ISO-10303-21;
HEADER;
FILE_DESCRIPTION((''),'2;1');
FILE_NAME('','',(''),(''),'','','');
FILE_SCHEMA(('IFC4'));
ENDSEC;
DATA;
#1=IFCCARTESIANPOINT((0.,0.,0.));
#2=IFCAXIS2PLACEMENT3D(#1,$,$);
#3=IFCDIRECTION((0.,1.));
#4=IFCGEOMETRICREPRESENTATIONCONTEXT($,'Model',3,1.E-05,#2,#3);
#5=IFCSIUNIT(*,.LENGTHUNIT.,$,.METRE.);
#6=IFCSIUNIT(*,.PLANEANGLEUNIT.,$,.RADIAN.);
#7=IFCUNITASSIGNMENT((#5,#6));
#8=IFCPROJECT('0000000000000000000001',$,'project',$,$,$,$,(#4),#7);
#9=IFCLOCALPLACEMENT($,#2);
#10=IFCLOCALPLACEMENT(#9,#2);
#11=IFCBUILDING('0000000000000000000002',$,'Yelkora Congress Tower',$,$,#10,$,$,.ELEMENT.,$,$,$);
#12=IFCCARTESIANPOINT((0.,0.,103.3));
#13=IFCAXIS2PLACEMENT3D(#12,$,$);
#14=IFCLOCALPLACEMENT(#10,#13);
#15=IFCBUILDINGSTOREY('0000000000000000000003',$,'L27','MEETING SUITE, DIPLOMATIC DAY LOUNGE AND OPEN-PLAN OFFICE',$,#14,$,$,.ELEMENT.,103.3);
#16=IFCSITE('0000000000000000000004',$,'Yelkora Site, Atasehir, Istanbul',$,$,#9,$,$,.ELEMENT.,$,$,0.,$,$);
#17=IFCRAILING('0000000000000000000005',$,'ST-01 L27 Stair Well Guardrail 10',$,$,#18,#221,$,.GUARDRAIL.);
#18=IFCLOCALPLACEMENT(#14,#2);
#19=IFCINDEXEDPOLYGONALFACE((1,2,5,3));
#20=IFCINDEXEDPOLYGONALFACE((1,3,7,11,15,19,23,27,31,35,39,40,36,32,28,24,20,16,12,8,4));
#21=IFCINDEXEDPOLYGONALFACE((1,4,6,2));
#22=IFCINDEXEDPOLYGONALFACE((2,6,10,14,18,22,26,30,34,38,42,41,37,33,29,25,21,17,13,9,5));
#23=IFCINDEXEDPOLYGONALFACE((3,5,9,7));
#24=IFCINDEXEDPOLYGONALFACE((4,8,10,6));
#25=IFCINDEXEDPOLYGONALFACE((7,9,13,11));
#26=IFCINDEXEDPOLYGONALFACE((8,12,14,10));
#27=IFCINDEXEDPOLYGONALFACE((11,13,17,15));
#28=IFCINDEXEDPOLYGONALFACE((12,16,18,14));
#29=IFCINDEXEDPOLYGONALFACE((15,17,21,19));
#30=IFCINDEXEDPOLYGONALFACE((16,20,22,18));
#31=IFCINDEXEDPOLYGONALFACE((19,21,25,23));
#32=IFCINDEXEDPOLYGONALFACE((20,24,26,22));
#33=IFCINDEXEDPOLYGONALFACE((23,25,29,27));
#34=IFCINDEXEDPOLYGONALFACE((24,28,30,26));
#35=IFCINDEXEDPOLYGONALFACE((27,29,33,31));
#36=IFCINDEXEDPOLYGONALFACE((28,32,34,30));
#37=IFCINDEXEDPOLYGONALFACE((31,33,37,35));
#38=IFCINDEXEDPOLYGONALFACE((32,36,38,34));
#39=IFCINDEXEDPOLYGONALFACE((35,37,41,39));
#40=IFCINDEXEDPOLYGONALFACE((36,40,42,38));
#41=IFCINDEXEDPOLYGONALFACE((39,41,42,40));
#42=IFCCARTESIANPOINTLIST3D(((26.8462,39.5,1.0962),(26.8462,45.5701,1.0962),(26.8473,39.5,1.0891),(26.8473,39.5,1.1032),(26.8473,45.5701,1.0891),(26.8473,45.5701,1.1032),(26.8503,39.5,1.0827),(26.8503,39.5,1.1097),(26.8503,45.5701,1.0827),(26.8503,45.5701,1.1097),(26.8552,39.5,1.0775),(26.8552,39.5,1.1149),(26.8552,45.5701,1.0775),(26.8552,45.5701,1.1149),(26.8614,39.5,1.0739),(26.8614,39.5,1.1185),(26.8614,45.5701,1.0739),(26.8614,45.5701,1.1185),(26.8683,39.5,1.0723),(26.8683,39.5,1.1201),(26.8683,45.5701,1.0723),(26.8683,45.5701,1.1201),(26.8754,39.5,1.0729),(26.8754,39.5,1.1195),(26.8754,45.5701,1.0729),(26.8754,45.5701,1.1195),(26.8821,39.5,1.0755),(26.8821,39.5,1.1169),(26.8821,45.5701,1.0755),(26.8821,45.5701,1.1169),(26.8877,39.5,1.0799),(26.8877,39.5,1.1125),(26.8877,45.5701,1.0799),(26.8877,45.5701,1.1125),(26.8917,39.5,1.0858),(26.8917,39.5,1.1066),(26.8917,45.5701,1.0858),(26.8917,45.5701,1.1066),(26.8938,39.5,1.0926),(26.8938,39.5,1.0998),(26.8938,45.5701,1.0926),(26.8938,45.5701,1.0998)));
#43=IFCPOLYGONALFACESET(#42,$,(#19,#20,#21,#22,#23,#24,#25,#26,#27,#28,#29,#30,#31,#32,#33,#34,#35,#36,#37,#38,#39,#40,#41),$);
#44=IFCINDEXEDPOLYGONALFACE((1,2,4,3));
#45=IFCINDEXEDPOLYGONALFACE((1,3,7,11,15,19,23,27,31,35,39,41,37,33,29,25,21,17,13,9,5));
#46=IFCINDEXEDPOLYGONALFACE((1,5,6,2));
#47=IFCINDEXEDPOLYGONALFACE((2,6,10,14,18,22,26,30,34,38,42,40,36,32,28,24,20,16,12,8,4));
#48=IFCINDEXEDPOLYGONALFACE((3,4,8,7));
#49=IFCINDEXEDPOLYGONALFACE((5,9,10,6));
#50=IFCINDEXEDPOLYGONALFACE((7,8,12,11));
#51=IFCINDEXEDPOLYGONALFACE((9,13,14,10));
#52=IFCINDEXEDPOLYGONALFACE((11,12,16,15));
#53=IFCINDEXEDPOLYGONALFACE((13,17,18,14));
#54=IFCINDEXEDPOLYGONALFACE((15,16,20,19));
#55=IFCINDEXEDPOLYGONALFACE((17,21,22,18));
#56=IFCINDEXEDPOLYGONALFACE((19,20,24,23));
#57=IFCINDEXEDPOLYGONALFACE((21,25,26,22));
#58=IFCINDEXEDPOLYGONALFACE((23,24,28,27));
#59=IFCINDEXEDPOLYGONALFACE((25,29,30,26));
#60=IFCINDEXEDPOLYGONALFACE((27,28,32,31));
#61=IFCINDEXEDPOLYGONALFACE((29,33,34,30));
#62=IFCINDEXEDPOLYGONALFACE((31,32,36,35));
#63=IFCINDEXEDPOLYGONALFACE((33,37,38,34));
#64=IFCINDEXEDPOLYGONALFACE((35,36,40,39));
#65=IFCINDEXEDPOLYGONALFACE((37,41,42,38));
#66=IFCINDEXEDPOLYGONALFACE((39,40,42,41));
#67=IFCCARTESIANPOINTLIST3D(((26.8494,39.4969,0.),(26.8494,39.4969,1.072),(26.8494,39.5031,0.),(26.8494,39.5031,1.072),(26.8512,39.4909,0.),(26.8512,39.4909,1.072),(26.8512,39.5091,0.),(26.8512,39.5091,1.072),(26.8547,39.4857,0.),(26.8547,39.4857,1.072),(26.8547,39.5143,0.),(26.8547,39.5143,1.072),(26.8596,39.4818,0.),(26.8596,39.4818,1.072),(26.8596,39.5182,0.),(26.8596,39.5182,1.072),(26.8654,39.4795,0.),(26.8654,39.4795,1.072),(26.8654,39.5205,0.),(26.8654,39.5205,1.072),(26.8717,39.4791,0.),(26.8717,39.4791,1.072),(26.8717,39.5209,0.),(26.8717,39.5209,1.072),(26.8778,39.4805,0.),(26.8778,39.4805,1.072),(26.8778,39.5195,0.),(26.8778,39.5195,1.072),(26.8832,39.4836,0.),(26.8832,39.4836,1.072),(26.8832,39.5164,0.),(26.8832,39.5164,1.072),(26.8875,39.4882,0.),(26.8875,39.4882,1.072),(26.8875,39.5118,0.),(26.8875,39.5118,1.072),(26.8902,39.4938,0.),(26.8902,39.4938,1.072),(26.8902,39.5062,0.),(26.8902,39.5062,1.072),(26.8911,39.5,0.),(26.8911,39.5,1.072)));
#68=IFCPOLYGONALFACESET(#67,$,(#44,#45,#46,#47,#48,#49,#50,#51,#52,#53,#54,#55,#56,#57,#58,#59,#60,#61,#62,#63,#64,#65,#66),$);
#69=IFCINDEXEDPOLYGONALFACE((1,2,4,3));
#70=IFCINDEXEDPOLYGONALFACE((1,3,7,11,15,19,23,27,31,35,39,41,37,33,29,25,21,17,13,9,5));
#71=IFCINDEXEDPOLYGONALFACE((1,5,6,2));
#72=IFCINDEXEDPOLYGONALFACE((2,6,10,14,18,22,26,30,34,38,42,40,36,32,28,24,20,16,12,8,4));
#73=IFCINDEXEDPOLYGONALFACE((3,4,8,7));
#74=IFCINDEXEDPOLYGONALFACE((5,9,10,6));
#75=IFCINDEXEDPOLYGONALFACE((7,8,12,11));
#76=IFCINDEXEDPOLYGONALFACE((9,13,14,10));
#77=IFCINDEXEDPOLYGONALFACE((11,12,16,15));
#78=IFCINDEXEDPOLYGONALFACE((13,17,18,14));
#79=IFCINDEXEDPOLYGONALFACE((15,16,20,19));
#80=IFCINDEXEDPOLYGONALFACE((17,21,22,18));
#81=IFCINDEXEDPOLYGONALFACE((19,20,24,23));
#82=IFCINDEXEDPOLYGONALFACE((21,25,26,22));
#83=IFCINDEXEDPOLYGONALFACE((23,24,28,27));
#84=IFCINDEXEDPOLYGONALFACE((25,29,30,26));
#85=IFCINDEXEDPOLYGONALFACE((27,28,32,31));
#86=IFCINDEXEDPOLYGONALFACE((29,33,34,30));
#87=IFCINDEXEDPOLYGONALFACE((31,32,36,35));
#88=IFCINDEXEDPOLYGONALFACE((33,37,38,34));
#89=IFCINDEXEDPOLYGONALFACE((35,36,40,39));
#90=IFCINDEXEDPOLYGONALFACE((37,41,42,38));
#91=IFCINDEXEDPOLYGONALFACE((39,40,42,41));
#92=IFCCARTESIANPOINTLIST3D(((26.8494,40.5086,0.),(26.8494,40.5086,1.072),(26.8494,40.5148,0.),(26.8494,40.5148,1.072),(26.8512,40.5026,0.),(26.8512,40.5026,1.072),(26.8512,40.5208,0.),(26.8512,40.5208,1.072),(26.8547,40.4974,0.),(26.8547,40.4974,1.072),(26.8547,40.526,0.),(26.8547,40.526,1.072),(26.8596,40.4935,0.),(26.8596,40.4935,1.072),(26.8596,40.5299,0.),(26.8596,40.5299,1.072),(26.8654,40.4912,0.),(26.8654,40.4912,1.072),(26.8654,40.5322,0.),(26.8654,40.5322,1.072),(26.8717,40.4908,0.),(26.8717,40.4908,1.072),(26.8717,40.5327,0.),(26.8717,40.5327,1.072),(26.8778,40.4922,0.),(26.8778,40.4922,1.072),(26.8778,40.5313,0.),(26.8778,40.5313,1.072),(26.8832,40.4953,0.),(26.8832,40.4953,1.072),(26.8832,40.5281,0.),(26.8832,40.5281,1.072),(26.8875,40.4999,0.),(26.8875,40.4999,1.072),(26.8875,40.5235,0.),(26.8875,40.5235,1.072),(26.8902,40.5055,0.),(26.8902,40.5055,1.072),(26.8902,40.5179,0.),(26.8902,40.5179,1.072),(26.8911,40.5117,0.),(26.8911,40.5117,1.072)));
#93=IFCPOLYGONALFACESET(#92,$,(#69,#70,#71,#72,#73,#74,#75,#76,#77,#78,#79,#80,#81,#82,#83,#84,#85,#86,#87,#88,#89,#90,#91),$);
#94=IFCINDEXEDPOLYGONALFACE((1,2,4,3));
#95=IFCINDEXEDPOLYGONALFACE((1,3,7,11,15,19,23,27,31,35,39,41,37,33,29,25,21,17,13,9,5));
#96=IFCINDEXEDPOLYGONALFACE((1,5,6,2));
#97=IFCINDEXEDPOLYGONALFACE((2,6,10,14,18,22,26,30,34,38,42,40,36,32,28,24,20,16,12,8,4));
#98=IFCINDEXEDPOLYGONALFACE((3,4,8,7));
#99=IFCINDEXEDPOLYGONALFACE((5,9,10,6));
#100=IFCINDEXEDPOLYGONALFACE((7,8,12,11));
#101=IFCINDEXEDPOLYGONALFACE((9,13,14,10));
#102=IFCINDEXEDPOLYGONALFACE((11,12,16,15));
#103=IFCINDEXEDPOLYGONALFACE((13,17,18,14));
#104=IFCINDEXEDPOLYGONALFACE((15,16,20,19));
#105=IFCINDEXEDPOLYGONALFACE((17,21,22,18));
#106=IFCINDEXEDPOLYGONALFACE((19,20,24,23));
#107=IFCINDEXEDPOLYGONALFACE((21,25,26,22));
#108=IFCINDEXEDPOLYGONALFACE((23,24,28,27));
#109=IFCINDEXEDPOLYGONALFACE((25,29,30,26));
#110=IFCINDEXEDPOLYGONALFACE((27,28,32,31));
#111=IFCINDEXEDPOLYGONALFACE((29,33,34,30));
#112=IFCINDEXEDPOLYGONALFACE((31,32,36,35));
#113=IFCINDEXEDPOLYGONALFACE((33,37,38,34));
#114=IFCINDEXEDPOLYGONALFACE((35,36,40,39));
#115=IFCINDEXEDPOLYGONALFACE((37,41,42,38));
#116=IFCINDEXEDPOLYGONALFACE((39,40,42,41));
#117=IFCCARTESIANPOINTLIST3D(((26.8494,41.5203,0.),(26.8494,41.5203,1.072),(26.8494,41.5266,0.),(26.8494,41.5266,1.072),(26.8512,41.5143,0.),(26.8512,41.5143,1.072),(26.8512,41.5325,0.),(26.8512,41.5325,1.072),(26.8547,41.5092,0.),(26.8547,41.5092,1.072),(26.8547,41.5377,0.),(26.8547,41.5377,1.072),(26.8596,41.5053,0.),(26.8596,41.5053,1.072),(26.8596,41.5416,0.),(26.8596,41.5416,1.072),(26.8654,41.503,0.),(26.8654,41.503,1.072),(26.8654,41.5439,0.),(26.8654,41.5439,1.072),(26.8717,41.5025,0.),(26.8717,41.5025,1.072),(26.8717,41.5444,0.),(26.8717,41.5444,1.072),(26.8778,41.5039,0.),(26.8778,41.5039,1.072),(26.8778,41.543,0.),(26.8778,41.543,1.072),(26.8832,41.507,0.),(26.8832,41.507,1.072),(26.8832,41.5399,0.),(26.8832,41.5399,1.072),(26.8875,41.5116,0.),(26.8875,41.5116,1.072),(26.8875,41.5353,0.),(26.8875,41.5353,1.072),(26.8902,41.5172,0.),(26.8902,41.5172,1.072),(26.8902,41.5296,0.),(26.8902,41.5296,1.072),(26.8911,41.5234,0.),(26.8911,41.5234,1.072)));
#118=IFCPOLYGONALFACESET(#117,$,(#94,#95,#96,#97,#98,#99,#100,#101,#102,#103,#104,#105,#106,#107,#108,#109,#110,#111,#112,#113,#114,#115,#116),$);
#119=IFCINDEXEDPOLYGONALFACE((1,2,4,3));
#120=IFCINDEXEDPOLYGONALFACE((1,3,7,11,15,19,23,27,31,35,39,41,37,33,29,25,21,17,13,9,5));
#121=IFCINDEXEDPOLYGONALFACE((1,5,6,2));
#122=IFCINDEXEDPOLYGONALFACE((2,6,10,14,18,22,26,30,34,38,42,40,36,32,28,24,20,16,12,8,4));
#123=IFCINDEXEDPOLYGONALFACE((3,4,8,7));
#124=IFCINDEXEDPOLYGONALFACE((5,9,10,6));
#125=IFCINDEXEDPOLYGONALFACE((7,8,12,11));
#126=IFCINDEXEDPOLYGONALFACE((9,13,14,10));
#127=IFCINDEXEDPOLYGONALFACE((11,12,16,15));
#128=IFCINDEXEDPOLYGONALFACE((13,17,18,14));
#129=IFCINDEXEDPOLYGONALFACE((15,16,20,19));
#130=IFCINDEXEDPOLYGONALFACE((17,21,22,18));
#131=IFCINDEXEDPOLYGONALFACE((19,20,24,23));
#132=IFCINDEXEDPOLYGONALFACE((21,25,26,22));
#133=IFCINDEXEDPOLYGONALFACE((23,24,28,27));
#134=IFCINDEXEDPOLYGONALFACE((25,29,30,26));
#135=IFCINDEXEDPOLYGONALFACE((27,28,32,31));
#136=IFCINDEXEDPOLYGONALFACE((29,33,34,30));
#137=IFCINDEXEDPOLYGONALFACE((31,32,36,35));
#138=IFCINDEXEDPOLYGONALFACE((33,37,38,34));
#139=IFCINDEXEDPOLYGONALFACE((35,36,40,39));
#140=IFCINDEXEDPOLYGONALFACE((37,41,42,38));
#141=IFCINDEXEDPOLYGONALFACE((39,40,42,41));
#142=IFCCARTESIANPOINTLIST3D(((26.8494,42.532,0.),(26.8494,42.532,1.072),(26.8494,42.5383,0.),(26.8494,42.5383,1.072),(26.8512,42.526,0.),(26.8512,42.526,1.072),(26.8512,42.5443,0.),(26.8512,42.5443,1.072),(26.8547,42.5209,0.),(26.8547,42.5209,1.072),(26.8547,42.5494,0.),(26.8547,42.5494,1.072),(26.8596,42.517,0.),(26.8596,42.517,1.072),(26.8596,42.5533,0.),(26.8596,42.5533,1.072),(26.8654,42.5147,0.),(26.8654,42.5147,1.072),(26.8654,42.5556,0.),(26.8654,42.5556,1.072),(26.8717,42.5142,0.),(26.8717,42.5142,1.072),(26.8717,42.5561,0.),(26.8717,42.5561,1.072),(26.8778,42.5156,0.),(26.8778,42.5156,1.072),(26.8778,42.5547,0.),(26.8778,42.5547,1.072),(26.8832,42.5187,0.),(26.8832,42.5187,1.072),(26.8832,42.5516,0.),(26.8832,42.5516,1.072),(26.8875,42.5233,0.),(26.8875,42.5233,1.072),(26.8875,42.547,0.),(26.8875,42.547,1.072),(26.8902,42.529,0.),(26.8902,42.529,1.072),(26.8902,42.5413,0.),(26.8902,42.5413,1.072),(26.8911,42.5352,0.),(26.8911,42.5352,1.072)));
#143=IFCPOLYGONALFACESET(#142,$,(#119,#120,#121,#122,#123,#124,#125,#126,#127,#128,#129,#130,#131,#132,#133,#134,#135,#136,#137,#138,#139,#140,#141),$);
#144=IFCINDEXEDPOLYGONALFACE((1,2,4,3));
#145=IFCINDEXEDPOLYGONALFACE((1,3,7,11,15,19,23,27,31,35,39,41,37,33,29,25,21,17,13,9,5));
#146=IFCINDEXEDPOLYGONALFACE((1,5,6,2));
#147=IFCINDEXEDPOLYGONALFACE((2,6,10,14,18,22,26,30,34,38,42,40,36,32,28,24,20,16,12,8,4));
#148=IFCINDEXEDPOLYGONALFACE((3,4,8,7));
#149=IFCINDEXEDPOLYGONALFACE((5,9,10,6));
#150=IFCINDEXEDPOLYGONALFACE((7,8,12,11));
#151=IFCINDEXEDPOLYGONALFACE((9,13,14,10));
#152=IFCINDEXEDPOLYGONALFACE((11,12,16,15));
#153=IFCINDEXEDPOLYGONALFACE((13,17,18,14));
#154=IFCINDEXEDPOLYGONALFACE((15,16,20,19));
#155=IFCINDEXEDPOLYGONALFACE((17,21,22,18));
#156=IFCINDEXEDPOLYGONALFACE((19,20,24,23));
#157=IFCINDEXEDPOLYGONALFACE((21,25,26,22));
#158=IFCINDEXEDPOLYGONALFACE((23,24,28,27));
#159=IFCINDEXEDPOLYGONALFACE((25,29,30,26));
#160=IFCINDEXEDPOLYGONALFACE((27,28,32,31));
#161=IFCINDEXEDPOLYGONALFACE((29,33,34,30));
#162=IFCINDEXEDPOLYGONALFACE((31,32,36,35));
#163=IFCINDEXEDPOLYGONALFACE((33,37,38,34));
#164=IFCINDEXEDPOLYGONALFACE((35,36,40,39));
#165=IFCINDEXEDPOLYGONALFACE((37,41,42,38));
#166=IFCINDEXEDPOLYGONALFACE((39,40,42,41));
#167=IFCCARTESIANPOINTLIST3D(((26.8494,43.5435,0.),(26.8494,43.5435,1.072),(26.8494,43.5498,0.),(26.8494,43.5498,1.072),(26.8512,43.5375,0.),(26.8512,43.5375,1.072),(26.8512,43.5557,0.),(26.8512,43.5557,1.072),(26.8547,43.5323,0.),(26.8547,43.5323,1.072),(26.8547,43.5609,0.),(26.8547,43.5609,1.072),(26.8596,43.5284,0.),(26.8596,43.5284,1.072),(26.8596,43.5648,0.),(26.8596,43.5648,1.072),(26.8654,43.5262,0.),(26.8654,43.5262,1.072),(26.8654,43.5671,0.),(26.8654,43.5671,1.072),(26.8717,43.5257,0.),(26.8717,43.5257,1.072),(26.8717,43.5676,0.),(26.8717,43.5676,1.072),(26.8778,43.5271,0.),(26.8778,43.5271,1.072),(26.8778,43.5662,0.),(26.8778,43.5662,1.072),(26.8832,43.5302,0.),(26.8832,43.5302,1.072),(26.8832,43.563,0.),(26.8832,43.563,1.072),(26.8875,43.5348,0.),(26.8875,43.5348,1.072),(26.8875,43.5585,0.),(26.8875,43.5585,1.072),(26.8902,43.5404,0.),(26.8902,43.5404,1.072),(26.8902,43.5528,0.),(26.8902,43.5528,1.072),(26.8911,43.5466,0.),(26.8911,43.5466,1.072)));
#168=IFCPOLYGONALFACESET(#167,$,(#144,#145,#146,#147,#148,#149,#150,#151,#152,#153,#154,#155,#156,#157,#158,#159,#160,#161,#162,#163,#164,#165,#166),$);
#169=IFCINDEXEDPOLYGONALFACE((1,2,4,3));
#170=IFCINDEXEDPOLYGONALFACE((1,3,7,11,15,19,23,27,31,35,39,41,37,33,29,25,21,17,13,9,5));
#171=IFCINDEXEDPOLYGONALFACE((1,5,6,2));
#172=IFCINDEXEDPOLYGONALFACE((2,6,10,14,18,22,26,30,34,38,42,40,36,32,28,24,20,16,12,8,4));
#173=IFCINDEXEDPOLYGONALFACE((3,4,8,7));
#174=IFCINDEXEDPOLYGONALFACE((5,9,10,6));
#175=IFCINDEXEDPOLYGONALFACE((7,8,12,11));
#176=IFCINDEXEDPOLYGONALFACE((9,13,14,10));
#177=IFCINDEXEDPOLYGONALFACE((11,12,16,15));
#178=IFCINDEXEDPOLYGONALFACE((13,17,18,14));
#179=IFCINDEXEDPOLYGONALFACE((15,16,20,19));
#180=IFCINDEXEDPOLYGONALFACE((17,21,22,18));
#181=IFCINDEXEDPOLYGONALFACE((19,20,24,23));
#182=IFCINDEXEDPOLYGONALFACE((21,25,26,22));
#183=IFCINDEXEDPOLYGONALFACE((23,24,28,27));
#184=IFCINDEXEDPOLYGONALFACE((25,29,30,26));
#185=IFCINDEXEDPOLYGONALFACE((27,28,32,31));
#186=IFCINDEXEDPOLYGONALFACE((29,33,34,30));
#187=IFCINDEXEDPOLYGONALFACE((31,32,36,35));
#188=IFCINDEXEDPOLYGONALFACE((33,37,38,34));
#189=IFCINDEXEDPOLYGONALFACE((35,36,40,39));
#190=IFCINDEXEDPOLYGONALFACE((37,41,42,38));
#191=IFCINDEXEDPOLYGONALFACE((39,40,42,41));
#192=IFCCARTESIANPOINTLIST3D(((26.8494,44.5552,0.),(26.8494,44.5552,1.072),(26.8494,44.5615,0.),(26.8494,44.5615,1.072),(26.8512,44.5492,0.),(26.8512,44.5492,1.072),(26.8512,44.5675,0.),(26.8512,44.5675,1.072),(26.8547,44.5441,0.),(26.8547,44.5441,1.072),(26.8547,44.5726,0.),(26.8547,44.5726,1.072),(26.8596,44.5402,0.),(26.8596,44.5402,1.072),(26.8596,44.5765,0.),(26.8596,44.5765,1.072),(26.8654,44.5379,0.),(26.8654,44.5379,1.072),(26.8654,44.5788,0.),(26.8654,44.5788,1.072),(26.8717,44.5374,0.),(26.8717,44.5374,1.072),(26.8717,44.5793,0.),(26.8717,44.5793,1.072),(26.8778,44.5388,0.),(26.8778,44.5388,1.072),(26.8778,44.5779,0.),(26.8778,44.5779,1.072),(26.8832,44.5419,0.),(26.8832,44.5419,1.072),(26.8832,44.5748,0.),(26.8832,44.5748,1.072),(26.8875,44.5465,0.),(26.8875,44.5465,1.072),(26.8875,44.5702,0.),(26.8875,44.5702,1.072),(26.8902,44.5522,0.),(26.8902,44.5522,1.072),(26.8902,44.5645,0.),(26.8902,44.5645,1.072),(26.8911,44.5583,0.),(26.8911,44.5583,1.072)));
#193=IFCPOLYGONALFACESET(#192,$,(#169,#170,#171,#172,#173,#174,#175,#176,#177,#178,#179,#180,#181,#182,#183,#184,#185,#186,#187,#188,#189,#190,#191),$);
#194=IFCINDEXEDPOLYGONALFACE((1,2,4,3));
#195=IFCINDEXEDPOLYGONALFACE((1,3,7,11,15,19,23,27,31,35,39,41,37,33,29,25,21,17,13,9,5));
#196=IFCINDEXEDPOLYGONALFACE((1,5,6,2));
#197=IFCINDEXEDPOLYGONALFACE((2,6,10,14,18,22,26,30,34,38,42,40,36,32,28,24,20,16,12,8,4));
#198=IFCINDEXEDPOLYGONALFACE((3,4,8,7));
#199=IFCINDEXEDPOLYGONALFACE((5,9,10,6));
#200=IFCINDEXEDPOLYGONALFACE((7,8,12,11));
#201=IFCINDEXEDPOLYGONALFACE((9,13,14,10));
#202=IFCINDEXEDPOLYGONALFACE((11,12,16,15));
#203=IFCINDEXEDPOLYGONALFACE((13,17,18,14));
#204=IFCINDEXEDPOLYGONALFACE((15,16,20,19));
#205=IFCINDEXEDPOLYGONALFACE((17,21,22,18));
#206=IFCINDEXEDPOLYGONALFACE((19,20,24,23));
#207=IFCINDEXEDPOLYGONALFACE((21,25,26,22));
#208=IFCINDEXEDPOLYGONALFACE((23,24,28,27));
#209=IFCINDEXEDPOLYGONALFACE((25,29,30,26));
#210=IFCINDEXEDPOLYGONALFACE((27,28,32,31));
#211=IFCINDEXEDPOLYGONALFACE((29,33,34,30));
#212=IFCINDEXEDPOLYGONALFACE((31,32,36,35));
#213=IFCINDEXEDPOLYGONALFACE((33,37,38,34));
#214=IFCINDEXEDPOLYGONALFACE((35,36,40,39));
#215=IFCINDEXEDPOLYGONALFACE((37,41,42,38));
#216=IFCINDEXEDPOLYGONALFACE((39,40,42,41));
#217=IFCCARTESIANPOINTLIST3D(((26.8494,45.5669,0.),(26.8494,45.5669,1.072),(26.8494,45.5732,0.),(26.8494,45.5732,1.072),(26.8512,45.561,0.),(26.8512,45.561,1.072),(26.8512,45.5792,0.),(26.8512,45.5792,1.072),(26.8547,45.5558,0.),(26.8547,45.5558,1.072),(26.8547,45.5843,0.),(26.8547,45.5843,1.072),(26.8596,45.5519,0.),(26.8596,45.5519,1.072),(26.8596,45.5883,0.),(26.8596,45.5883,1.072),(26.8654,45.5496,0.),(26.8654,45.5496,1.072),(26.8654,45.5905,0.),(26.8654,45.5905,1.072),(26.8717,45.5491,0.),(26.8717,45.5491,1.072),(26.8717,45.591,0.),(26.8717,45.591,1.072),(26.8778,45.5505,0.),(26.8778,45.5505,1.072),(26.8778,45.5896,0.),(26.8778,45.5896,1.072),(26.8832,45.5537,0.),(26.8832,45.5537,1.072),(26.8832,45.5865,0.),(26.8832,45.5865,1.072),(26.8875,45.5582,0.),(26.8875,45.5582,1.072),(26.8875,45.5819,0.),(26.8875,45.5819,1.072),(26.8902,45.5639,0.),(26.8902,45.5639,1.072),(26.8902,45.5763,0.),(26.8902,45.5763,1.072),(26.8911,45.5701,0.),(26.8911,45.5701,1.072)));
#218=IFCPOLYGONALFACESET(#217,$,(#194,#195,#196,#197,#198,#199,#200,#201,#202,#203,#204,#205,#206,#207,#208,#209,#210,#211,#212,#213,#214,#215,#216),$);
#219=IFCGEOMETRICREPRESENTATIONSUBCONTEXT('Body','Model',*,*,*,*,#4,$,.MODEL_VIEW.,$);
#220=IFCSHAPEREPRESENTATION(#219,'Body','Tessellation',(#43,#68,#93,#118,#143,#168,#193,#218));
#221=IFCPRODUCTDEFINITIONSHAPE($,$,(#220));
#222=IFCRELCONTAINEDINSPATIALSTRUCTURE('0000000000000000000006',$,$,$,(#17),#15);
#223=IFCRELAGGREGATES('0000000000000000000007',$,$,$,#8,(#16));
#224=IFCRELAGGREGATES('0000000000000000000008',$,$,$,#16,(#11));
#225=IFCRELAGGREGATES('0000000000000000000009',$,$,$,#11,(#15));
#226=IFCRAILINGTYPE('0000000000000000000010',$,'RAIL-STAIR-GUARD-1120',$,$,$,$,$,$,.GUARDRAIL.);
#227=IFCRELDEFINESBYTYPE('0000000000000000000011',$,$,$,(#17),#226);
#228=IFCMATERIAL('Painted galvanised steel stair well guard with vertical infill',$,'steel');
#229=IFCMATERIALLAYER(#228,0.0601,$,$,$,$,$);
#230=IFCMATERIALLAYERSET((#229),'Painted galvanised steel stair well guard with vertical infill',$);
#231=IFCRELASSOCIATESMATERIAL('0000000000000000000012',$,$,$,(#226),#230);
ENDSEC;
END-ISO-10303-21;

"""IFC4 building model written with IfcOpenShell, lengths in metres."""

from ifc_helpers import new_model, si_unit, direction, frame, origin, origin_2d, place, context, subcontext, project, spatial, circle, extrude, material, layer, layer_set, type_object, element, save


model = new_model("IFC4")

# Units and contexts
model_context = context("Model", 3, precision=1e-05, world=origin(), true_north=direction((0.0, 1.0)))
body_context = subcontext(model_context, "Body", "Model", "MODEL_VIEW")
ifc_project = project(units=[si_unit("LENGTHUNIT", "METRE"), si_unit("PLANEANGLEUNIT", "RADIAN")], contexts=[model_context])

# Site, building, storey
site_placement = place(None, origin())
site = spatial("IfcSite", under=ifc_project, at=site_placement, Name="Yelkora Site, Atasehir, Istanbul", CompositionType="ELEMENT", RefElevation=0.0)
building_placement = place(site_placement, origin())
building = spatial("IfcBuilding", under=site, at=building_placement, Name="Yelkora Congress Tower", CompositionType="ELEMENT")
storey_placement = place(building_placement, frame((0.0, 0.0, 103.3)))
storey = spatial("IfcBuildingStorey", under=building, at=storey_placement, Name="L27", Description="MEETING SUITE, DIPLOMATIC DAY LOUNGE AND OPEN-PLAN OFFICE", CompositionType="ELEMENT", Elevation=103.3)

# Railing
ifc_material_1 = material(Name="Painted galvanised steel stair well guard with vertical infill", Category="steel")
ifc_layer_1 = layer(ifc_material_1, 0.0601)
ifc_layer_set_1 = layer_set([ifc_layer_1], Name="Painted galvanised steel stair well guard with vertical infill")
railing_type_1 = type_object("IfcRailingType", Name="RAIL-STAIR-GUARD-1120", PredefinedType="GUARDRAIL", material=ifc_layer_set_1)
railing_1_placement = place(storey_placement, frame((26.8701, 39.5, 0.0)))
element("IfcRailing", 1, at=railing_1_placement, inside=storey, type_object=railing_type_1, Name="ST-01 L27 Stair Well Guardrail 10", PredefinedType="GUARDRAIL", context=body_context, shape_type="SweptSolid", body=[
    extrude(circle(Radius=0.0239, at=origin_2d()), frame((0.0, 0.0, 1.0962), z_axis=(0.0, 1.0, 0.0), x_axis=(-1.0, 0.0, 0.0)), (0.0, 0.0, 1.0), 6.0701),
    extrude(circle(Radius=0.021, at=origin_2d()), origin(), (0.0, 0.0, 1.0), 1.072),
    extrude(circle(Radius=0.021, at=origin_2d()), frame((0.0, 1.0117, 0.0)), (0.0, 0.0, 1.0), 1.072),
    extrude(circle(Radius=0.021, at=origin_2d()), frame((0.0, 2.0234, 0.0)), (0.0, 0.0, 1.0), 1.072),
    extrude(circle(Radius=0.021, at=origin_2d()), frame((0.0, 3.0352, 0.0)), (0.0, 0.0, 1.0), 1.072),
    extrude(circle(Radius=0.021, at=origin_2d()), frame((0.0, 4.0466, 0.0)), (0.0, 0.0, 1.0), 1.072),
    extrude(circle(Radius=0.021, at=origin_2d()), frame((0.0, 5.0583, 0.0)), (0.0, 0.0, 1.0), 1.072),
    extrude(circle(Radius=0.021, at=origin_2d()), frame((0.0, 6.0701, 0.0)), (0.0, 0.0, 1.0), 1.072),
])

save(model, "model.ifc")
